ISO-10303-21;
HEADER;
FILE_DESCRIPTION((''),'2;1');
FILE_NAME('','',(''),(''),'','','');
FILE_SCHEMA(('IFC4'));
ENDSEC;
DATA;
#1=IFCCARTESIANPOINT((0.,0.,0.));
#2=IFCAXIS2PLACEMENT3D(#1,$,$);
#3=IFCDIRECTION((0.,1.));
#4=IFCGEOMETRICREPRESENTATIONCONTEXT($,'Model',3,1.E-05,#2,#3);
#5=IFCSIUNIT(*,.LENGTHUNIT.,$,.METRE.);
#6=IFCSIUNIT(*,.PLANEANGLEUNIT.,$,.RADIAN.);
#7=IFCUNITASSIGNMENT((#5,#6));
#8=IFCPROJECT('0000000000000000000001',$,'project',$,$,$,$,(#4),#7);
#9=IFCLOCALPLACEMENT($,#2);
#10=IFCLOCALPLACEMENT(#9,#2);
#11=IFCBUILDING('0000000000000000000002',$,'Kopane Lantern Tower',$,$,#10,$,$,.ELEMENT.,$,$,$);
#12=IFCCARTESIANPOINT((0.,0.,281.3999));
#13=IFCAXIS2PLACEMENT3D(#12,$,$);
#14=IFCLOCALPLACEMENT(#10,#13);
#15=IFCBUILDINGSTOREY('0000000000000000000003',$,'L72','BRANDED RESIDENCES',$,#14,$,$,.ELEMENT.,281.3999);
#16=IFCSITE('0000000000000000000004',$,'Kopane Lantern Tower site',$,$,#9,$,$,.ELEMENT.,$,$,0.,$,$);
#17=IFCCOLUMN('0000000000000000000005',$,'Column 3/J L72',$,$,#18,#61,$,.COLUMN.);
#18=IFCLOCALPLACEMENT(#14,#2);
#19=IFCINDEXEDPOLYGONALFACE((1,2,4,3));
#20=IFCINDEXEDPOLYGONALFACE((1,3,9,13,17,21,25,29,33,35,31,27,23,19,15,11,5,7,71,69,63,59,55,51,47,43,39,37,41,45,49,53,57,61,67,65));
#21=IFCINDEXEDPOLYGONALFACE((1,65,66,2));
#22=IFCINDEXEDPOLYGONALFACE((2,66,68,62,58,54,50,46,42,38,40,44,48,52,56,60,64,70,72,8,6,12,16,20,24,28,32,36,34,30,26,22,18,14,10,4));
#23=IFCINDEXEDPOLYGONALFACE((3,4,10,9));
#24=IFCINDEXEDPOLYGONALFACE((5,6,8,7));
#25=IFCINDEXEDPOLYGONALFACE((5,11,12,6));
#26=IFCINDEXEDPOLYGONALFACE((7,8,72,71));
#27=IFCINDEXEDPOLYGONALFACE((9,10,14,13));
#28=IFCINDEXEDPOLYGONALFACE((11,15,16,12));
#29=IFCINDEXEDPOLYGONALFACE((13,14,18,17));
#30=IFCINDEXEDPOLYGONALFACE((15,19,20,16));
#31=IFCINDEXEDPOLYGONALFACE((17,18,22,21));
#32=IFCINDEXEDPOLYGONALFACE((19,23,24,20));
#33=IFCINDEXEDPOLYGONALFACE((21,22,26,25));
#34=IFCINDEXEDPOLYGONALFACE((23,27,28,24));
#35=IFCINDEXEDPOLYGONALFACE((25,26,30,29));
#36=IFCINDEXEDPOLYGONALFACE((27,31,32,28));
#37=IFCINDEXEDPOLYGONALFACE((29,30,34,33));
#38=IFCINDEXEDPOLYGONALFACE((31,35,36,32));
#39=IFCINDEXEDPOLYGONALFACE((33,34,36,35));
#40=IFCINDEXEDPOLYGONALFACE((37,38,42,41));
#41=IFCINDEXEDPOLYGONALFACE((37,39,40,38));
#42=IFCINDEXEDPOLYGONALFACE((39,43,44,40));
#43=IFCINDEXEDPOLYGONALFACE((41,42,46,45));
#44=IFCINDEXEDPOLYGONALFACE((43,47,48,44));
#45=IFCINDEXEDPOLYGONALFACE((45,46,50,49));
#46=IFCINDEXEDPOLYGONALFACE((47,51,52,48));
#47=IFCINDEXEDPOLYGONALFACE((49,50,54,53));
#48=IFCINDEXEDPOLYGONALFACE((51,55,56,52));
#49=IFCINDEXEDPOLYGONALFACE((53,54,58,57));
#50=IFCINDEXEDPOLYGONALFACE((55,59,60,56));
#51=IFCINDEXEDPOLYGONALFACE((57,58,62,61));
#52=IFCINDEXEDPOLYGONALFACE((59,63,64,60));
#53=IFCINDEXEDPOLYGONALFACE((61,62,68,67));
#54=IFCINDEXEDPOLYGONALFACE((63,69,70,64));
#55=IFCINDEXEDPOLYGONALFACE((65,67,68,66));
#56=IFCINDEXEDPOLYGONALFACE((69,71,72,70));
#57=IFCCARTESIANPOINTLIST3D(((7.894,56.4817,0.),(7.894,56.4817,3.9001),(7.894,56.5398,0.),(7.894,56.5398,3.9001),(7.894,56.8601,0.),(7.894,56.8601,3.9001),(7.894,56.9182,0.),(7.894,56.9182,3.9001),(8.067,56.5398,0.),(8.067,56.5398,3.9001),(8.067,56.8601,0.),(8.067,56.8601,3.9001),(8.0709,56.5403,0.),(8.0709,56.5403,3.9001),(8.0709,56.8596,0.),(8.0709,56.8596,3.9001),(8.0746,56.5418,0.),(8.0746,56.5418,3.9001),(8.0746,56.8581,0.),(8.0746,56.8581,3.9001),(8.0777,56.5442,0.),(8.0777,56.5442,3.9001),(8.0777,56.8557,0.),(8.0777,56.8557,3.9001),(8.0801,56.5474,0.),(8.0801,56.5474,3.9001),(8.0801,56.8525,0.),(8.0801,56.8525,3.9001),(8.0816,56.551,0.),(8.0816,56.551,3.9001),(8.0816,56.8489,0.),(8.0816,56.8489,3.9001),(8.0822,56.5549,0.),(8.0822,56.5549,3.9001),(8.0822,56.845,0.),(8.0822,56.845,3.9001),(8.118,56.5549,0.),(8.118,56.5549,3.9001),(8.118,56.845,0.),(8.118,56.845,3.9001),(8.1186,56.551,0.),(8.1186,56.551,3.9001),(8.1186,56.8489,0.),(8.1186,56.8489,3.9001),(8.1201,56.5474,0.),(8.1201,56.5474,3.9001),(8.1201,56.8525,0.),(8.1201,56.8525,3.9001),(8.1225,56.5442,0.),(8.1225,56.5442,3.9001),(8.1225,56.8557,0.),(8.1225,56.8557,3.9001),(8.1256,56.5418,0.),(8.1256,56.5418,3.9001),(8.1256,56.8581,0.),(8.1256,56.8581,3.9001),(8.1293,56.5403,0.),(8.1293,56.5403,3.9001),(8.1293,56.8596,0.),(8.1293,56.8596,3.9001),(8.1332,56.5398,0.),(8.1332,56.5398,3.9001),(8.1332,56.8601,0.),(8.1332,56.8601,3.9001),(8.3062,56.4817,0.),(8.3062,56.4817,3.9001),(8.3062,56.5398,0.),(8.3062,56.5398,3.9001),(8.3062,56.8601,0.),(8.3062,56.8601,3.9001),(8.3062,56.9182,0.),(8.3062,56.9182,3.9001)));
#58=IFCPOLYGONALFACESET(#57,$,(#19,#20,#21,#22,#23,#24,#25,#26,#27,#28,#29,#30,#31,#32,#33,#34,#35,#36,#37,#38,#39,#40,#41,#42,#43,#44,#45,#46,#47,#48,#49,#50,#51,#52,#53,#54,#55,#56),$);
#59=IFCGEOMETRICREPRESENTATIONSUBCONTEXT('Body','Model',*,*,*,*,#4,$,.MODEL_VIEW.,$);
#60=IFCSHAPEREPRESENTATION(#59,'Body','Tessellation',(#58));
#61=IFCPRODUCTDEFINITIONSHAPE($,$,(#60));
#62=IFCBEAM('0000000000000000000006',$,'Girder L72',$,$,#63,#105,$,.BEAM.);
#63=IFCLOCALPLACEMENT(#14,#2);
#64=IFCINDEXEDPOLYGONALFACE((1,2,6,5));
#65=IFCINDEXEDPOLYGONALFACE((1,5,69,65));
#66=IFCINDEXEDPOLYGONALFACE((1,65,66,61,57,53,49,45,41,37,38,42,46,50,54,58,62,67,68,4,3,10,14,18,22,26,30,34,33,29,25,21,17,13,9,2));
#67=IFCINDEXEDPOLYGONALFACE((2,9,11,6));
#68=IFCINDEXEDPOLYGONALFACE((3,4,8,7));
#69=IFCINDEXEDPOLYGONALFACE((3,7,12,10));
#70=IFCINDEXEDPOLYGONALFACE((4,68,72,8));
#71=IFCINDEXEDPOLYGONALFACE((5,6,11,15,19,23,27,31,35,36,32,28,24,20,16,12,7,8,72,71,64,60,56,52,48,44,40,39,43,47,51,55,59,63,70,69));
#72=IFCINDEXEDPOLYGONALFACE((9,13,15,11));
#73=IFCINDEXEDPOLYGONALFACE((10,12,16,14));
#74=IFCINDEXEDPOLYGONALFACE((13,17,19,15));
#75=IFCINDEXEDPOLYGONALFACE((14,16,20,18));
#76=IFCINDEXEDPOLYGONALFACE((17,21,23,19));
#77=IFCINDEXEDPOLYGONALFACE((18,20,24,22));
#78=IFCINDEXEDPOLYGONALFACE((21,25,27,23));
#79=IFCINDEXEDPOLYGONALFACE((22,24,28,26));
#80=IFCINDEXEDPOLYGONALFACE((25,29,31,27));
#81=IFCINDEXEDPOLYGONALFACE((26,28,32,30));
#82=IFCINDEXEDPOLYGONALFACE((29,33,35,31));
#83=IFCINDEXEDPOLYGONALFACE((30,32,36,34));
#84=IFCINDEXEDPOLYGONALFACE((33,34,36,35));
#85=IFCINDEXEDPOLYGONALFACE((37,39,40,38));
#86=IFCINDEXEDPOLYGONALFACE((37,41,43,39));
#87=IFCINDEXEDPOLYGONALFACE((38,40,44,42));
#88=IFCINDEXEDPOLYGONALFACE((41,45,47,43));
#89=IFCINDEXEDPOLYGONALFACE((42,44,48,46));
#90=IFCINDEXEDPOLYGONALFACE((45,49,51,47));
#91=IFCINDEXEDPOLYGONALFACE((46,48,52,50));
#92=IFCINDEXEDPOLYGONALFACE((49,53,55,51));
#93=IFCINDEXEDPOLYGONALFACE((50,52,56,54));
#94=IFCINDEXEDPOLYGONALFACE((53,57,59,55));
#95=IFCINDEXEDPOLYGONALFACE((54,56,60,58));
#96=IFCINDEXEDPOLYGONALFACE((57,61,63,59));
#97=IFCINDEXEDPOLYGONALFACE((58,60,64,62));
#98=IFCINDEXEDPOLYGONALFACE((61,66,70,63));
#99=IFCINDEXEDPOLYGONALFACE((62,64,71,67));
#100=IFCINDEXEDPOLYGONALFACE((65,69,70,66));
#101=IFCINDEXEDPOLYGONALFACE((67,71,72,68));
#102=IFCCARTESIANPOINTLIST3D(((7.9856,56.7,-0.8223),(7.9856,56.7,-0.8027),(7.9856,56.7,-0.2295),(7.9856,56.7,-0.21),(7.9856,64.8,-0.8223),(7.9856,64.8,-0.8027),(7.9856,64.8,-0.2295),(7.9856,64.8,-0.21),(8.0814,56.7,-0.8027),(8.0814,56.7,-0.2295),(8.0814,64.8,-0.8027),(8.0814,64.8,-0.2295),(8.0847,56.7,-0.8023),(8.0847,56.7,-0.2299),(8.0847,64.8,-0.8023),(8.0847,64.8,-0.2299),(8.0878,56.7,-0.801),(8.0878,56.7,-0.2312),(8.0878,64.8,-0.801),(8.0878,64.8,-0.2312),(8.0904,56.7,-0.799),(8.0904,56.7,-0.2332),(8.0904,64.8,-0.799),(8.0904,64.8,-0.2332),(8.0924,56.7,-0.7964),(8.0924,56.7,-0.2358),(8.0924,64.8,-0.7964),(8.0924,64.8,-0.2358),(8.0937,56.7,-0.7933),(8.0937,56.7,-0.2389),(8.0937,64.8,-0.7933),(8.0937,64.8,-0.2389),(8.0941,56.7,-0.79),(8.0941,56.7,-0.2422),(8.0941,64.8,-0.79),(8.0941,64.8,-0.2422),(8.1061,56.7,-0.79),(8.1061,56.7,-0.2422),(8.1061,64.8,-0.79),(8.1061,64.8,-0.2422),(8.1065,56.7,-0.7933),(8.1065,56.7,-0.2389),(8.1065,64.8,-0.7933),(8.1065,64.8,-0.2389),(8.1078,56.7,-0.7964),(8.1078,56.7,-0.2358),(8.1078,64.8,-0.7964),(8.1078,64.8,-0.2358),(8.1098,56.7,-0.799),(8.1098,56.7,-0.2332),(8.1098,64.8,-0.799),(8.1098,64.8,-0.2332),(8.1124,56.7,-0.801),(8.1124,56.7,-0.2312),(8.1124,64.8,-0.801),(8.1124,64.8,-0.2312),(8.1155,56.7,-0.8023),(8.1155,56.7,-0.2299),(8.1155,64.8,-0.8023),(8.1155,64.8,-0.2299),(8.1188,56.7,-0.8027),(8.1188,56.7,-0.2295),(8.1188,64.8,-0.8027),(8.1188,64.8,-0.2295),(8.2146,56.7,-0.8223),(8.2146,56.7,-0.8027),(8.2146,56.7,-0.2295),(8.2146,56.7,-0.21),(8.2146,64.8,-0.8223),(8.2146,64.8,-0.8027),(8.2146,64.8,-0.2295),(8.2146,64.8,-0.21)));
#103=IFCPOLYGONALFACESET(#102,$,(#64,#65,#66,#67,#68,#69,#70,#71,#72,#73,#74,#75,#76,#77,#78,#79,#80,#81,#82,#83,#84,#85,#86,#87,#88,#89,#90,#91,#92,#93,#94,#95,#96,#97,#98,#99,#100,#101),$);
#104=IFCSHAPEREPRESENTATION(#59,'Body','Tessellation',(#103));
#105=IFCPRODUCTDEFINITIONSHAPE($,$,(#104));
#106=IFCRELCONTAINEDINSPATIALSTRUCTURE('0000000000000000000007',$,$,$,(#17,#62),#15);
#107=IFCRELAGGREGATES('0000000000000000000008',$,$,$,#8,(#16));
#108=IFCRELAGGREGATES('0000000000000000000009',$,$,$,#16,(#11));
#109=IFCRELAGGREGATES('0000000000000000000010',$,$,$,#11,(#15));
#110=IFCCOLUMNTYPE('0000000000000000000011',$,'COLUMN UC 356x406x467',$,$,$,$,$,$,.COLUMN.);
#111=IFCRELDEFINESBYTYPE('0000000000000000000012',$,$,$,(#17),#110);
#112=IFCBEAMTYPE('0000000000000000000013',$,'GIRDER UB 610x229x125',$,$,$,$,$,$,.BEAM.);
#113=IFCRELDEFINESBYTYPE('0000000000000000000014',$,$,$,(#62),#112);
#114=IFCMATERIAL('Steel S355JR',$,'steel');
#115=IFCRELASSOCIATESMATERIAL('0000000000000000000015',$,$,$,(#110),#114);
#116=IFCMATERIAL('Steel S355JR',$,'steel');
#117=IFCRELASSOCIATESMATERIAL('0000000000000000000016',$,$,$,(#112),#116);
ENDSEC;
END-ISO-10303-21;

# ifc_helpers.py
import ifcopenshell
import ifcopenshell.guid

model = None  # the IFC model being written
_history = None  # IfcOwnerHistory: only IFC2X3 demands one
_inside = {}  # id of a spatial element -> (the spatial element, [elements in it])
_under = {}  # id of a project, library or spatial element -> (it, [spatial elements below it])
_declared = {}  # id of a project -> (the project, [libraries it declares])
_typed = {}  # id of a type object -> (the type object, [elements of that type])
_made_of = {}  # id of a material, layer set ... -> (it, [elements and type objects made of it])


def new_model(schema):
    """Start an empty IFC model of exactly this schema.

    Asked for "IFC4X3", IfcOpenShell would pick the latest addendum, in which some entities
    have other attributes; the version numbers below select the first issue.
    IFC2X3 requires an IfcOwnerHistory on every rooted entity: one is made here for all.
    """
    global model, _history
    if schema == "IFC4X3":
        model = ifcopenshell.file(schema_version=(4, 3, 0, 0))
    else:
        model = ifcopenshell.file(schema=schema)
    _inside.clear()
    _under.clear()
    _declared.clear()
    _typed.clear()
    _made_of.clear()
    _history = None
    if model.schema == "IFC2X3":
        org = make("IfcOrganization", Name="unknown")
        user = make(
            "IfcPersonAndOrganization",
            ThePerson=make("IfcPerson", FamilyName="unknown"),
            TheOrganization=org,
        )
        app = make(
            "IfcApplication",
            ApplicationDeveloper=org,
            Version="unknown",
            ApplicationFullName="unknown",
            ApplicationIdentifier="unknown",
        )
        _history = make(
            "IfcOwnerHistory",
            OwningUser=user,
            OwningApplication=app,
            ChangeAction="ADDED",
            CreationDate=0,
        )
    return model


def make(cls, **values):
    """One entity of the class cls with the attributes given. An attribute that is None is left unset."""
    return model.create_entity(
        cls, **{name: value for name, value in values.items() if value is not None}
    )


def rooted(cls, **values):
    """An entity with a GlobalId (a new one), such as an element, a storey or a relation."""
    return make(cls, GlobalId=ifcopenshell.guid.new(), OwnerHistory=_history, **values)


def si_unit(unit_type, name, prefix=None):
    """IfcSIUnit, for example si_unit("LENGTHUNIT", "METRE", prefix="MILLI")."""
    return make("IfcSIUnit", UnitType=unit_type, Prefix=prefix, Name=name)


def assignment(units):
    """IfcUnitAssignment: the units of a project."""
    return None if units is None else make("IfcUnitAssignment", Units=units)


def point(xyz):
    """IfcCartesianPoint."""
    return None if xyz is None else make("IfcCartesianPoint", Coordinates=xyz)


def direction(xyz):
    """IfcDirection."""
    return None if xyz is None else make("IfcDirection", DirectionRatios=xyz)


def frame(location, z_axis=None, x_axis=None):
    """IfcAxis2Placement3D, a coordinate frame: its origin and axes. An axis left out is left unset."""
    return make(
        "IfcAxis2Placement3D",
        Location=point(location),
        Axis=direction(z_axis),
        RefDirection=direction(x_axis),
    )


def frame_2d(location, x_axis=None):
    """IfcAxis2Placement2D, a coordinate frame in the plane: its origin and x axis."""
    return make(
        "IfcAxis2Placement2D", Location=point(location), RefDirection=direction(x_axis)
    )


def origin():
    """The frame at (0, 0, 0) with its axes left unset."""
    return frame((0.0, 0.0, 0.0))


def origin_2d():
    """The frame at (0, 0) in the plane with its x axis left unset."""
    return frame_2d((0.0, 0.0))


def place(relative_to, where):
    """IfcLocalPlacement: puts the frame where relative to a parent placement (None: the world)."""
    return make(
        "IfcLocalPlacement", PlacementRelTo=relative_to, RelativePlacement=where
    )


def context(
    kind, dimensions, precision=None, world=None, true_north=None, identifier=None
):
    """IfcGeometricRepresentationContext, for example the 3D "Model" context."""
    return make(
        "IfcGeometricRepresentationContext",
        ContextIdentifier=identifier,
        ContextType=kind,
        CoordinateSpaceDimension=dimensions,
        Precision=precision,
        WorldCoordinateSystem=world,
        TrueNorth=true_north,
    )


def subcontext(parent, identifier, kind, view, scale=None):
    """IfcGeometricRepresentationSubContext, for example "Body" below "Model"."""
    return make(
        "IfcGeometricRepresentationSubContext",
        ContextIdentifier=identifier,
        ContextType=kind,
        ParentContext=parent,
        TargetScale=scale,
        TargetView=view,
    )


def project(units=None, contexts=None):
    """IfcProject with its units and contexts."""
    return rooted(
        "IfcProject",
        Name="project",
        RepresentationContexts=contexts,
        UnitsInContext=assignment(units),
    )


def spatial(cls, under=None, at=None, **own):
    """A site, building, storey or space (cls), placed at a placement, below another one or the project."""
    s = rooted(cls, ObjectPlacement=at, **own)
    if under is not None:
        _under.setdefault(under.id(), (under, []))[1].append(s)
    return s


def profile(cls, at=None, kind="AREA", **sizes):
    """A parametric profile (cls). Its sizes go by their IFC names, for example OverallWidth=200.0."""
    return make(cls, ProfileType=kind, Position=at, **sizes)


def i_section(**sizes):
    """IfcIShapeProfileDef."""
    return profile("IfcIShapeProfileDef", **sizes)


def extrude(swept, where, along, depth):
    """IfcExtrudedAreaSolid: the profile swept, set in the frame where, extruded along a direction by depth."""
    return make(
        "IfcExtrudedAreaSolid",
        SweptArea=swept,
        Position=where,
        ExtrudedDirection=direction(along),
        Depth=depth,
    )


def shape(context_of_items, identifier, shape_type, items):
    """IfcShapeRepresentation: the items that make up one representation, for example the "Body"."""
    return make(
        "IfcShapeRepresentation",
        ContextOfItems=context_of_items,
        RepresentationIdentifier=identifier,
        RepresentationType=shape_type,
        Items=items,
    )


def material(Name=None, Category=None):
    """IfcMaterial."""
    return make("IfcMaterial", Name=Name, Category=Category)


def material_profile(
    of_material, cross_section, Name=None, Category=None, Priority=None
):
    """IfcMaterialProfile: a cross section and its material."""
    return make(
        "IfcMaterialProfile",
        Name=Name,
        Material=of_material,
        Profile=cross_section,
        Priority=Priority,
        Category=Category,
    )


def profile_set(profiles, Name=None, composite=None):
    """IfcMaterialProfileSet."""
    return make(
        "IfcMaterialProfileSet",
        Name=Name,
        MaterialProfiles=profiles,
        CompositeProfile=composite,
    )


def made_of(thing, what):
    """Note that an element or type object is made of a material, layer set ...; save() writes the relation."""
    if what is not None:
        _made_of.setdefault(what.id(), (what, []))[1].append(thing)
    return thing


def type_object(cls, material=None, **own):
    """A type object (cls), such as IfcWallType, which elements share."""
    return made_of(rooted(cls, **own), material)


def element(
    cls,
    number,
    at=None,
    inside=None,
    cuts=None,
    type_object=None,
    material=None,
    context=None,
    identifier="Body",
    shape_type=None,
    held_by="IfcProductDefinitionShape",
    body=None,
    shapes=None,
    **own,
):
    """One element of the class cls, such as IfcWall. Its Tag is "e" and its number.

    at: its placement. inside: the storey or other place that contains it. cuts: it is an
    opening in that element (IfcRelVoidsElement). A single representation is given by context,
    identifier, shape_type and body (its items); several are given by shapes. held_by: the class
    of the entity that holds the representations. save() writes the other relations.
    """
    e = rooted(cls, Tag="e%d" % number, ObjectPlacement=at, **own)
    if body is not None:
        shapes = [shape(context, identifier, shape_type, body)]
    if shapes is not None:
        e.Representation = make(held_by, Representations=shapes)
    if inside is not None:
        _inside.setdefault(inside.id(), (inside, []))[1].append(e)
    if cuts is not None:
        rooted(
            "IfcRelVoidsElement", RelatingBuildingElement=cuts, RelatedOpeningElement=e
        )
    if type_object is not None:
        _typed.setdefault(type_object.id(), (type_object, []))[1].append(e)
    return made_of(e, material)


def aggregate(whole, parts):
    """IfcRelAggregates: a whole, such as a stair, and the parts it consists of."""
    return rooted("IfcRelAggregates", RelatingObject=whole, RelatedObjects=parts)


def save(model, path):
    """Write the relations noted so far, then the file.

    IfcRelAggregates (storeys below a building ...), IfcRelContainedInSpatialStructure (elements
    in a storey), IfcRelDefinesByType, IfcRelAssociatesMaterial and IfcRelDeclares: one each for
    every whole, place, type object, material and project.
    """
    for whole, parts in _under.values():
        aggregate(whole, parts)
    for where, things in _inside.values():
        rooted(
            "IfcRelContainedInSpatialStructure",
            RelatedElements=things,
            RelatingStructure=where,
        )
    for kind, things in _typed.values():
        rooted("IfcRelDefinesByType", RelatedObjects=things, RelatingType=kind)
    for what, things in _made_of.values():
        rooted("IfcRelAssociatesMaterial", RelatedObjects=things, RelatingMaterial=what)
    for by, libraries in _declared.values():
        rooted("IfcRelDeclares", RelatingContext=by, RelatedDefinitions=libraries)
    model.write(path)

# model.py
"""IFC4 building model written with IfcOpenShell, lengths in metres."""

from ifc_helpers import new_model, si_unit, direction, frame, origin, origin_2d, place, context, subcontext, project, spatial, i_section, extrude, material, material_profile, profile_set, type_object, element, save


model = new_model("IFC4")

# Units and contexts
model_context = context("Model", 3, precision=1e-05, world=origin(), true_north=direction((0.0, 1.0)))
body_context = subcontext(model_context, "Body", "Model", "MODEL_VIEW")
ifc_project = project(units=[si_unit("LENGTHUNIT", "METRE"), si_unit("PLANEANGLEUNIT", "RADIAN")], contexts=[model_context])

# Site, building, storey
site_placement = place(None, origin())
site = spatial("IfcSite", under=ifc_project, at=site_placement, Name="Kopane Lantern Tower site", CompositionType="ELEMENT", RefElevation=0.0)
building_placement = place(site_placement, origin())
building = spatial("IfcBuilding", under=site, at=building_placement, Name="Kopane Lantern Tower", CompositionType="ELEMENT")
storey_placement = place(building_placement, frame((0.0, 0.0, 281.3999)))
storey = spatial("IfcBuildingStorey", under=building, at=storey_placement, Name="L72", Description="BRANDED RESIDENCES", CompositionType="ELEMENT", Elevation=281.3999)

# Column
ifc_material_1 = material(Name="Steel S355JR", Category="steel")
ifc_material_profile_1 = material_profile(ifc_material_1, i_section(OverallWidth=0.4121, OverallDepth=0.4365, WebThickness=0.0359, FlangeThickness=0.0581, FilletRadius=0.0151, at=origin_2d()), Name="UC 356x406x467")
ifc_profile_set_1 = profile_set([ifc_material_profile_1], Name="Steel S355JR")
column_type = type_object("IfcColumnType", Name="COLUMN UC 356x406x467", PredefinedType="COLUMN", material=ifc_profile_set_1)
column_placement = place(storey_placement, frame((8.1001, 56.7, 0.0), z_axis=(0.0, 0.0, 1.0), x_axis=(1.0, 0.0, 0.0)))
element("IfcColumn", 1, at=column_placement, inside=storey, type_object=column_type, Name="Column 3/J L72", PredefinedType="COLUMN", context=body_context, shape_type="SweptSolid", body=[
    extrude(i_section(OverallWidth=0.4121, OverallDepth=0.4365, WebThickness=0.0359, FlangeThickness=0.0581, FilletRadius=0.0151, at=origin_2d()), origin(), (0.0, 0.0, 1.0), 3.9001),
])

# Beam
ifc_material_2 = material(Name="Steel S355JR", Category="steel")
ifc_material_profile_2 = material_profile(ifc_material_2, i_section(OverallWidth=0.229, OverallDepth=0.6123, WebThickness=0.012, FlangeThickness=0.0195, FilletRadius=0.0127, at=origin_2d()), Name="UB 610x229x125")
ifc_profile_set_2 = profile_set([ifc_material_profile_2], Name="Steel S355JR")
beam_type = type_object("IfcBeamType", Name="GIRDER UB 610x229x125", PredefinedType="BEAM", material=ifc_profile_set_2)
beam_placement = place(storey_placement, frame((8.1001, 56.7, -0.5161), z_axis=(0.0, 1.0, 0.0), x_axis=(-1.0, 0.0, 0.0)))
element("IfcBeam", 2, at=beam_placement, inside=storey, type_object=beam_type, Name="Girder L72", PredefinedType="BEAM", context=body_context, shape_type="SweptSolid", body=[
    extrude(i_section(OverallWidth=0.229, OverallDepth=0.6123, WebThickness=0.012, FlangeThickness=0.0195, FilletRadius=0.0127, at=origin_2d()), origin(), (0.0, 0.0, 1.0), 8.1001),
])

save(model, "model.ifc")
